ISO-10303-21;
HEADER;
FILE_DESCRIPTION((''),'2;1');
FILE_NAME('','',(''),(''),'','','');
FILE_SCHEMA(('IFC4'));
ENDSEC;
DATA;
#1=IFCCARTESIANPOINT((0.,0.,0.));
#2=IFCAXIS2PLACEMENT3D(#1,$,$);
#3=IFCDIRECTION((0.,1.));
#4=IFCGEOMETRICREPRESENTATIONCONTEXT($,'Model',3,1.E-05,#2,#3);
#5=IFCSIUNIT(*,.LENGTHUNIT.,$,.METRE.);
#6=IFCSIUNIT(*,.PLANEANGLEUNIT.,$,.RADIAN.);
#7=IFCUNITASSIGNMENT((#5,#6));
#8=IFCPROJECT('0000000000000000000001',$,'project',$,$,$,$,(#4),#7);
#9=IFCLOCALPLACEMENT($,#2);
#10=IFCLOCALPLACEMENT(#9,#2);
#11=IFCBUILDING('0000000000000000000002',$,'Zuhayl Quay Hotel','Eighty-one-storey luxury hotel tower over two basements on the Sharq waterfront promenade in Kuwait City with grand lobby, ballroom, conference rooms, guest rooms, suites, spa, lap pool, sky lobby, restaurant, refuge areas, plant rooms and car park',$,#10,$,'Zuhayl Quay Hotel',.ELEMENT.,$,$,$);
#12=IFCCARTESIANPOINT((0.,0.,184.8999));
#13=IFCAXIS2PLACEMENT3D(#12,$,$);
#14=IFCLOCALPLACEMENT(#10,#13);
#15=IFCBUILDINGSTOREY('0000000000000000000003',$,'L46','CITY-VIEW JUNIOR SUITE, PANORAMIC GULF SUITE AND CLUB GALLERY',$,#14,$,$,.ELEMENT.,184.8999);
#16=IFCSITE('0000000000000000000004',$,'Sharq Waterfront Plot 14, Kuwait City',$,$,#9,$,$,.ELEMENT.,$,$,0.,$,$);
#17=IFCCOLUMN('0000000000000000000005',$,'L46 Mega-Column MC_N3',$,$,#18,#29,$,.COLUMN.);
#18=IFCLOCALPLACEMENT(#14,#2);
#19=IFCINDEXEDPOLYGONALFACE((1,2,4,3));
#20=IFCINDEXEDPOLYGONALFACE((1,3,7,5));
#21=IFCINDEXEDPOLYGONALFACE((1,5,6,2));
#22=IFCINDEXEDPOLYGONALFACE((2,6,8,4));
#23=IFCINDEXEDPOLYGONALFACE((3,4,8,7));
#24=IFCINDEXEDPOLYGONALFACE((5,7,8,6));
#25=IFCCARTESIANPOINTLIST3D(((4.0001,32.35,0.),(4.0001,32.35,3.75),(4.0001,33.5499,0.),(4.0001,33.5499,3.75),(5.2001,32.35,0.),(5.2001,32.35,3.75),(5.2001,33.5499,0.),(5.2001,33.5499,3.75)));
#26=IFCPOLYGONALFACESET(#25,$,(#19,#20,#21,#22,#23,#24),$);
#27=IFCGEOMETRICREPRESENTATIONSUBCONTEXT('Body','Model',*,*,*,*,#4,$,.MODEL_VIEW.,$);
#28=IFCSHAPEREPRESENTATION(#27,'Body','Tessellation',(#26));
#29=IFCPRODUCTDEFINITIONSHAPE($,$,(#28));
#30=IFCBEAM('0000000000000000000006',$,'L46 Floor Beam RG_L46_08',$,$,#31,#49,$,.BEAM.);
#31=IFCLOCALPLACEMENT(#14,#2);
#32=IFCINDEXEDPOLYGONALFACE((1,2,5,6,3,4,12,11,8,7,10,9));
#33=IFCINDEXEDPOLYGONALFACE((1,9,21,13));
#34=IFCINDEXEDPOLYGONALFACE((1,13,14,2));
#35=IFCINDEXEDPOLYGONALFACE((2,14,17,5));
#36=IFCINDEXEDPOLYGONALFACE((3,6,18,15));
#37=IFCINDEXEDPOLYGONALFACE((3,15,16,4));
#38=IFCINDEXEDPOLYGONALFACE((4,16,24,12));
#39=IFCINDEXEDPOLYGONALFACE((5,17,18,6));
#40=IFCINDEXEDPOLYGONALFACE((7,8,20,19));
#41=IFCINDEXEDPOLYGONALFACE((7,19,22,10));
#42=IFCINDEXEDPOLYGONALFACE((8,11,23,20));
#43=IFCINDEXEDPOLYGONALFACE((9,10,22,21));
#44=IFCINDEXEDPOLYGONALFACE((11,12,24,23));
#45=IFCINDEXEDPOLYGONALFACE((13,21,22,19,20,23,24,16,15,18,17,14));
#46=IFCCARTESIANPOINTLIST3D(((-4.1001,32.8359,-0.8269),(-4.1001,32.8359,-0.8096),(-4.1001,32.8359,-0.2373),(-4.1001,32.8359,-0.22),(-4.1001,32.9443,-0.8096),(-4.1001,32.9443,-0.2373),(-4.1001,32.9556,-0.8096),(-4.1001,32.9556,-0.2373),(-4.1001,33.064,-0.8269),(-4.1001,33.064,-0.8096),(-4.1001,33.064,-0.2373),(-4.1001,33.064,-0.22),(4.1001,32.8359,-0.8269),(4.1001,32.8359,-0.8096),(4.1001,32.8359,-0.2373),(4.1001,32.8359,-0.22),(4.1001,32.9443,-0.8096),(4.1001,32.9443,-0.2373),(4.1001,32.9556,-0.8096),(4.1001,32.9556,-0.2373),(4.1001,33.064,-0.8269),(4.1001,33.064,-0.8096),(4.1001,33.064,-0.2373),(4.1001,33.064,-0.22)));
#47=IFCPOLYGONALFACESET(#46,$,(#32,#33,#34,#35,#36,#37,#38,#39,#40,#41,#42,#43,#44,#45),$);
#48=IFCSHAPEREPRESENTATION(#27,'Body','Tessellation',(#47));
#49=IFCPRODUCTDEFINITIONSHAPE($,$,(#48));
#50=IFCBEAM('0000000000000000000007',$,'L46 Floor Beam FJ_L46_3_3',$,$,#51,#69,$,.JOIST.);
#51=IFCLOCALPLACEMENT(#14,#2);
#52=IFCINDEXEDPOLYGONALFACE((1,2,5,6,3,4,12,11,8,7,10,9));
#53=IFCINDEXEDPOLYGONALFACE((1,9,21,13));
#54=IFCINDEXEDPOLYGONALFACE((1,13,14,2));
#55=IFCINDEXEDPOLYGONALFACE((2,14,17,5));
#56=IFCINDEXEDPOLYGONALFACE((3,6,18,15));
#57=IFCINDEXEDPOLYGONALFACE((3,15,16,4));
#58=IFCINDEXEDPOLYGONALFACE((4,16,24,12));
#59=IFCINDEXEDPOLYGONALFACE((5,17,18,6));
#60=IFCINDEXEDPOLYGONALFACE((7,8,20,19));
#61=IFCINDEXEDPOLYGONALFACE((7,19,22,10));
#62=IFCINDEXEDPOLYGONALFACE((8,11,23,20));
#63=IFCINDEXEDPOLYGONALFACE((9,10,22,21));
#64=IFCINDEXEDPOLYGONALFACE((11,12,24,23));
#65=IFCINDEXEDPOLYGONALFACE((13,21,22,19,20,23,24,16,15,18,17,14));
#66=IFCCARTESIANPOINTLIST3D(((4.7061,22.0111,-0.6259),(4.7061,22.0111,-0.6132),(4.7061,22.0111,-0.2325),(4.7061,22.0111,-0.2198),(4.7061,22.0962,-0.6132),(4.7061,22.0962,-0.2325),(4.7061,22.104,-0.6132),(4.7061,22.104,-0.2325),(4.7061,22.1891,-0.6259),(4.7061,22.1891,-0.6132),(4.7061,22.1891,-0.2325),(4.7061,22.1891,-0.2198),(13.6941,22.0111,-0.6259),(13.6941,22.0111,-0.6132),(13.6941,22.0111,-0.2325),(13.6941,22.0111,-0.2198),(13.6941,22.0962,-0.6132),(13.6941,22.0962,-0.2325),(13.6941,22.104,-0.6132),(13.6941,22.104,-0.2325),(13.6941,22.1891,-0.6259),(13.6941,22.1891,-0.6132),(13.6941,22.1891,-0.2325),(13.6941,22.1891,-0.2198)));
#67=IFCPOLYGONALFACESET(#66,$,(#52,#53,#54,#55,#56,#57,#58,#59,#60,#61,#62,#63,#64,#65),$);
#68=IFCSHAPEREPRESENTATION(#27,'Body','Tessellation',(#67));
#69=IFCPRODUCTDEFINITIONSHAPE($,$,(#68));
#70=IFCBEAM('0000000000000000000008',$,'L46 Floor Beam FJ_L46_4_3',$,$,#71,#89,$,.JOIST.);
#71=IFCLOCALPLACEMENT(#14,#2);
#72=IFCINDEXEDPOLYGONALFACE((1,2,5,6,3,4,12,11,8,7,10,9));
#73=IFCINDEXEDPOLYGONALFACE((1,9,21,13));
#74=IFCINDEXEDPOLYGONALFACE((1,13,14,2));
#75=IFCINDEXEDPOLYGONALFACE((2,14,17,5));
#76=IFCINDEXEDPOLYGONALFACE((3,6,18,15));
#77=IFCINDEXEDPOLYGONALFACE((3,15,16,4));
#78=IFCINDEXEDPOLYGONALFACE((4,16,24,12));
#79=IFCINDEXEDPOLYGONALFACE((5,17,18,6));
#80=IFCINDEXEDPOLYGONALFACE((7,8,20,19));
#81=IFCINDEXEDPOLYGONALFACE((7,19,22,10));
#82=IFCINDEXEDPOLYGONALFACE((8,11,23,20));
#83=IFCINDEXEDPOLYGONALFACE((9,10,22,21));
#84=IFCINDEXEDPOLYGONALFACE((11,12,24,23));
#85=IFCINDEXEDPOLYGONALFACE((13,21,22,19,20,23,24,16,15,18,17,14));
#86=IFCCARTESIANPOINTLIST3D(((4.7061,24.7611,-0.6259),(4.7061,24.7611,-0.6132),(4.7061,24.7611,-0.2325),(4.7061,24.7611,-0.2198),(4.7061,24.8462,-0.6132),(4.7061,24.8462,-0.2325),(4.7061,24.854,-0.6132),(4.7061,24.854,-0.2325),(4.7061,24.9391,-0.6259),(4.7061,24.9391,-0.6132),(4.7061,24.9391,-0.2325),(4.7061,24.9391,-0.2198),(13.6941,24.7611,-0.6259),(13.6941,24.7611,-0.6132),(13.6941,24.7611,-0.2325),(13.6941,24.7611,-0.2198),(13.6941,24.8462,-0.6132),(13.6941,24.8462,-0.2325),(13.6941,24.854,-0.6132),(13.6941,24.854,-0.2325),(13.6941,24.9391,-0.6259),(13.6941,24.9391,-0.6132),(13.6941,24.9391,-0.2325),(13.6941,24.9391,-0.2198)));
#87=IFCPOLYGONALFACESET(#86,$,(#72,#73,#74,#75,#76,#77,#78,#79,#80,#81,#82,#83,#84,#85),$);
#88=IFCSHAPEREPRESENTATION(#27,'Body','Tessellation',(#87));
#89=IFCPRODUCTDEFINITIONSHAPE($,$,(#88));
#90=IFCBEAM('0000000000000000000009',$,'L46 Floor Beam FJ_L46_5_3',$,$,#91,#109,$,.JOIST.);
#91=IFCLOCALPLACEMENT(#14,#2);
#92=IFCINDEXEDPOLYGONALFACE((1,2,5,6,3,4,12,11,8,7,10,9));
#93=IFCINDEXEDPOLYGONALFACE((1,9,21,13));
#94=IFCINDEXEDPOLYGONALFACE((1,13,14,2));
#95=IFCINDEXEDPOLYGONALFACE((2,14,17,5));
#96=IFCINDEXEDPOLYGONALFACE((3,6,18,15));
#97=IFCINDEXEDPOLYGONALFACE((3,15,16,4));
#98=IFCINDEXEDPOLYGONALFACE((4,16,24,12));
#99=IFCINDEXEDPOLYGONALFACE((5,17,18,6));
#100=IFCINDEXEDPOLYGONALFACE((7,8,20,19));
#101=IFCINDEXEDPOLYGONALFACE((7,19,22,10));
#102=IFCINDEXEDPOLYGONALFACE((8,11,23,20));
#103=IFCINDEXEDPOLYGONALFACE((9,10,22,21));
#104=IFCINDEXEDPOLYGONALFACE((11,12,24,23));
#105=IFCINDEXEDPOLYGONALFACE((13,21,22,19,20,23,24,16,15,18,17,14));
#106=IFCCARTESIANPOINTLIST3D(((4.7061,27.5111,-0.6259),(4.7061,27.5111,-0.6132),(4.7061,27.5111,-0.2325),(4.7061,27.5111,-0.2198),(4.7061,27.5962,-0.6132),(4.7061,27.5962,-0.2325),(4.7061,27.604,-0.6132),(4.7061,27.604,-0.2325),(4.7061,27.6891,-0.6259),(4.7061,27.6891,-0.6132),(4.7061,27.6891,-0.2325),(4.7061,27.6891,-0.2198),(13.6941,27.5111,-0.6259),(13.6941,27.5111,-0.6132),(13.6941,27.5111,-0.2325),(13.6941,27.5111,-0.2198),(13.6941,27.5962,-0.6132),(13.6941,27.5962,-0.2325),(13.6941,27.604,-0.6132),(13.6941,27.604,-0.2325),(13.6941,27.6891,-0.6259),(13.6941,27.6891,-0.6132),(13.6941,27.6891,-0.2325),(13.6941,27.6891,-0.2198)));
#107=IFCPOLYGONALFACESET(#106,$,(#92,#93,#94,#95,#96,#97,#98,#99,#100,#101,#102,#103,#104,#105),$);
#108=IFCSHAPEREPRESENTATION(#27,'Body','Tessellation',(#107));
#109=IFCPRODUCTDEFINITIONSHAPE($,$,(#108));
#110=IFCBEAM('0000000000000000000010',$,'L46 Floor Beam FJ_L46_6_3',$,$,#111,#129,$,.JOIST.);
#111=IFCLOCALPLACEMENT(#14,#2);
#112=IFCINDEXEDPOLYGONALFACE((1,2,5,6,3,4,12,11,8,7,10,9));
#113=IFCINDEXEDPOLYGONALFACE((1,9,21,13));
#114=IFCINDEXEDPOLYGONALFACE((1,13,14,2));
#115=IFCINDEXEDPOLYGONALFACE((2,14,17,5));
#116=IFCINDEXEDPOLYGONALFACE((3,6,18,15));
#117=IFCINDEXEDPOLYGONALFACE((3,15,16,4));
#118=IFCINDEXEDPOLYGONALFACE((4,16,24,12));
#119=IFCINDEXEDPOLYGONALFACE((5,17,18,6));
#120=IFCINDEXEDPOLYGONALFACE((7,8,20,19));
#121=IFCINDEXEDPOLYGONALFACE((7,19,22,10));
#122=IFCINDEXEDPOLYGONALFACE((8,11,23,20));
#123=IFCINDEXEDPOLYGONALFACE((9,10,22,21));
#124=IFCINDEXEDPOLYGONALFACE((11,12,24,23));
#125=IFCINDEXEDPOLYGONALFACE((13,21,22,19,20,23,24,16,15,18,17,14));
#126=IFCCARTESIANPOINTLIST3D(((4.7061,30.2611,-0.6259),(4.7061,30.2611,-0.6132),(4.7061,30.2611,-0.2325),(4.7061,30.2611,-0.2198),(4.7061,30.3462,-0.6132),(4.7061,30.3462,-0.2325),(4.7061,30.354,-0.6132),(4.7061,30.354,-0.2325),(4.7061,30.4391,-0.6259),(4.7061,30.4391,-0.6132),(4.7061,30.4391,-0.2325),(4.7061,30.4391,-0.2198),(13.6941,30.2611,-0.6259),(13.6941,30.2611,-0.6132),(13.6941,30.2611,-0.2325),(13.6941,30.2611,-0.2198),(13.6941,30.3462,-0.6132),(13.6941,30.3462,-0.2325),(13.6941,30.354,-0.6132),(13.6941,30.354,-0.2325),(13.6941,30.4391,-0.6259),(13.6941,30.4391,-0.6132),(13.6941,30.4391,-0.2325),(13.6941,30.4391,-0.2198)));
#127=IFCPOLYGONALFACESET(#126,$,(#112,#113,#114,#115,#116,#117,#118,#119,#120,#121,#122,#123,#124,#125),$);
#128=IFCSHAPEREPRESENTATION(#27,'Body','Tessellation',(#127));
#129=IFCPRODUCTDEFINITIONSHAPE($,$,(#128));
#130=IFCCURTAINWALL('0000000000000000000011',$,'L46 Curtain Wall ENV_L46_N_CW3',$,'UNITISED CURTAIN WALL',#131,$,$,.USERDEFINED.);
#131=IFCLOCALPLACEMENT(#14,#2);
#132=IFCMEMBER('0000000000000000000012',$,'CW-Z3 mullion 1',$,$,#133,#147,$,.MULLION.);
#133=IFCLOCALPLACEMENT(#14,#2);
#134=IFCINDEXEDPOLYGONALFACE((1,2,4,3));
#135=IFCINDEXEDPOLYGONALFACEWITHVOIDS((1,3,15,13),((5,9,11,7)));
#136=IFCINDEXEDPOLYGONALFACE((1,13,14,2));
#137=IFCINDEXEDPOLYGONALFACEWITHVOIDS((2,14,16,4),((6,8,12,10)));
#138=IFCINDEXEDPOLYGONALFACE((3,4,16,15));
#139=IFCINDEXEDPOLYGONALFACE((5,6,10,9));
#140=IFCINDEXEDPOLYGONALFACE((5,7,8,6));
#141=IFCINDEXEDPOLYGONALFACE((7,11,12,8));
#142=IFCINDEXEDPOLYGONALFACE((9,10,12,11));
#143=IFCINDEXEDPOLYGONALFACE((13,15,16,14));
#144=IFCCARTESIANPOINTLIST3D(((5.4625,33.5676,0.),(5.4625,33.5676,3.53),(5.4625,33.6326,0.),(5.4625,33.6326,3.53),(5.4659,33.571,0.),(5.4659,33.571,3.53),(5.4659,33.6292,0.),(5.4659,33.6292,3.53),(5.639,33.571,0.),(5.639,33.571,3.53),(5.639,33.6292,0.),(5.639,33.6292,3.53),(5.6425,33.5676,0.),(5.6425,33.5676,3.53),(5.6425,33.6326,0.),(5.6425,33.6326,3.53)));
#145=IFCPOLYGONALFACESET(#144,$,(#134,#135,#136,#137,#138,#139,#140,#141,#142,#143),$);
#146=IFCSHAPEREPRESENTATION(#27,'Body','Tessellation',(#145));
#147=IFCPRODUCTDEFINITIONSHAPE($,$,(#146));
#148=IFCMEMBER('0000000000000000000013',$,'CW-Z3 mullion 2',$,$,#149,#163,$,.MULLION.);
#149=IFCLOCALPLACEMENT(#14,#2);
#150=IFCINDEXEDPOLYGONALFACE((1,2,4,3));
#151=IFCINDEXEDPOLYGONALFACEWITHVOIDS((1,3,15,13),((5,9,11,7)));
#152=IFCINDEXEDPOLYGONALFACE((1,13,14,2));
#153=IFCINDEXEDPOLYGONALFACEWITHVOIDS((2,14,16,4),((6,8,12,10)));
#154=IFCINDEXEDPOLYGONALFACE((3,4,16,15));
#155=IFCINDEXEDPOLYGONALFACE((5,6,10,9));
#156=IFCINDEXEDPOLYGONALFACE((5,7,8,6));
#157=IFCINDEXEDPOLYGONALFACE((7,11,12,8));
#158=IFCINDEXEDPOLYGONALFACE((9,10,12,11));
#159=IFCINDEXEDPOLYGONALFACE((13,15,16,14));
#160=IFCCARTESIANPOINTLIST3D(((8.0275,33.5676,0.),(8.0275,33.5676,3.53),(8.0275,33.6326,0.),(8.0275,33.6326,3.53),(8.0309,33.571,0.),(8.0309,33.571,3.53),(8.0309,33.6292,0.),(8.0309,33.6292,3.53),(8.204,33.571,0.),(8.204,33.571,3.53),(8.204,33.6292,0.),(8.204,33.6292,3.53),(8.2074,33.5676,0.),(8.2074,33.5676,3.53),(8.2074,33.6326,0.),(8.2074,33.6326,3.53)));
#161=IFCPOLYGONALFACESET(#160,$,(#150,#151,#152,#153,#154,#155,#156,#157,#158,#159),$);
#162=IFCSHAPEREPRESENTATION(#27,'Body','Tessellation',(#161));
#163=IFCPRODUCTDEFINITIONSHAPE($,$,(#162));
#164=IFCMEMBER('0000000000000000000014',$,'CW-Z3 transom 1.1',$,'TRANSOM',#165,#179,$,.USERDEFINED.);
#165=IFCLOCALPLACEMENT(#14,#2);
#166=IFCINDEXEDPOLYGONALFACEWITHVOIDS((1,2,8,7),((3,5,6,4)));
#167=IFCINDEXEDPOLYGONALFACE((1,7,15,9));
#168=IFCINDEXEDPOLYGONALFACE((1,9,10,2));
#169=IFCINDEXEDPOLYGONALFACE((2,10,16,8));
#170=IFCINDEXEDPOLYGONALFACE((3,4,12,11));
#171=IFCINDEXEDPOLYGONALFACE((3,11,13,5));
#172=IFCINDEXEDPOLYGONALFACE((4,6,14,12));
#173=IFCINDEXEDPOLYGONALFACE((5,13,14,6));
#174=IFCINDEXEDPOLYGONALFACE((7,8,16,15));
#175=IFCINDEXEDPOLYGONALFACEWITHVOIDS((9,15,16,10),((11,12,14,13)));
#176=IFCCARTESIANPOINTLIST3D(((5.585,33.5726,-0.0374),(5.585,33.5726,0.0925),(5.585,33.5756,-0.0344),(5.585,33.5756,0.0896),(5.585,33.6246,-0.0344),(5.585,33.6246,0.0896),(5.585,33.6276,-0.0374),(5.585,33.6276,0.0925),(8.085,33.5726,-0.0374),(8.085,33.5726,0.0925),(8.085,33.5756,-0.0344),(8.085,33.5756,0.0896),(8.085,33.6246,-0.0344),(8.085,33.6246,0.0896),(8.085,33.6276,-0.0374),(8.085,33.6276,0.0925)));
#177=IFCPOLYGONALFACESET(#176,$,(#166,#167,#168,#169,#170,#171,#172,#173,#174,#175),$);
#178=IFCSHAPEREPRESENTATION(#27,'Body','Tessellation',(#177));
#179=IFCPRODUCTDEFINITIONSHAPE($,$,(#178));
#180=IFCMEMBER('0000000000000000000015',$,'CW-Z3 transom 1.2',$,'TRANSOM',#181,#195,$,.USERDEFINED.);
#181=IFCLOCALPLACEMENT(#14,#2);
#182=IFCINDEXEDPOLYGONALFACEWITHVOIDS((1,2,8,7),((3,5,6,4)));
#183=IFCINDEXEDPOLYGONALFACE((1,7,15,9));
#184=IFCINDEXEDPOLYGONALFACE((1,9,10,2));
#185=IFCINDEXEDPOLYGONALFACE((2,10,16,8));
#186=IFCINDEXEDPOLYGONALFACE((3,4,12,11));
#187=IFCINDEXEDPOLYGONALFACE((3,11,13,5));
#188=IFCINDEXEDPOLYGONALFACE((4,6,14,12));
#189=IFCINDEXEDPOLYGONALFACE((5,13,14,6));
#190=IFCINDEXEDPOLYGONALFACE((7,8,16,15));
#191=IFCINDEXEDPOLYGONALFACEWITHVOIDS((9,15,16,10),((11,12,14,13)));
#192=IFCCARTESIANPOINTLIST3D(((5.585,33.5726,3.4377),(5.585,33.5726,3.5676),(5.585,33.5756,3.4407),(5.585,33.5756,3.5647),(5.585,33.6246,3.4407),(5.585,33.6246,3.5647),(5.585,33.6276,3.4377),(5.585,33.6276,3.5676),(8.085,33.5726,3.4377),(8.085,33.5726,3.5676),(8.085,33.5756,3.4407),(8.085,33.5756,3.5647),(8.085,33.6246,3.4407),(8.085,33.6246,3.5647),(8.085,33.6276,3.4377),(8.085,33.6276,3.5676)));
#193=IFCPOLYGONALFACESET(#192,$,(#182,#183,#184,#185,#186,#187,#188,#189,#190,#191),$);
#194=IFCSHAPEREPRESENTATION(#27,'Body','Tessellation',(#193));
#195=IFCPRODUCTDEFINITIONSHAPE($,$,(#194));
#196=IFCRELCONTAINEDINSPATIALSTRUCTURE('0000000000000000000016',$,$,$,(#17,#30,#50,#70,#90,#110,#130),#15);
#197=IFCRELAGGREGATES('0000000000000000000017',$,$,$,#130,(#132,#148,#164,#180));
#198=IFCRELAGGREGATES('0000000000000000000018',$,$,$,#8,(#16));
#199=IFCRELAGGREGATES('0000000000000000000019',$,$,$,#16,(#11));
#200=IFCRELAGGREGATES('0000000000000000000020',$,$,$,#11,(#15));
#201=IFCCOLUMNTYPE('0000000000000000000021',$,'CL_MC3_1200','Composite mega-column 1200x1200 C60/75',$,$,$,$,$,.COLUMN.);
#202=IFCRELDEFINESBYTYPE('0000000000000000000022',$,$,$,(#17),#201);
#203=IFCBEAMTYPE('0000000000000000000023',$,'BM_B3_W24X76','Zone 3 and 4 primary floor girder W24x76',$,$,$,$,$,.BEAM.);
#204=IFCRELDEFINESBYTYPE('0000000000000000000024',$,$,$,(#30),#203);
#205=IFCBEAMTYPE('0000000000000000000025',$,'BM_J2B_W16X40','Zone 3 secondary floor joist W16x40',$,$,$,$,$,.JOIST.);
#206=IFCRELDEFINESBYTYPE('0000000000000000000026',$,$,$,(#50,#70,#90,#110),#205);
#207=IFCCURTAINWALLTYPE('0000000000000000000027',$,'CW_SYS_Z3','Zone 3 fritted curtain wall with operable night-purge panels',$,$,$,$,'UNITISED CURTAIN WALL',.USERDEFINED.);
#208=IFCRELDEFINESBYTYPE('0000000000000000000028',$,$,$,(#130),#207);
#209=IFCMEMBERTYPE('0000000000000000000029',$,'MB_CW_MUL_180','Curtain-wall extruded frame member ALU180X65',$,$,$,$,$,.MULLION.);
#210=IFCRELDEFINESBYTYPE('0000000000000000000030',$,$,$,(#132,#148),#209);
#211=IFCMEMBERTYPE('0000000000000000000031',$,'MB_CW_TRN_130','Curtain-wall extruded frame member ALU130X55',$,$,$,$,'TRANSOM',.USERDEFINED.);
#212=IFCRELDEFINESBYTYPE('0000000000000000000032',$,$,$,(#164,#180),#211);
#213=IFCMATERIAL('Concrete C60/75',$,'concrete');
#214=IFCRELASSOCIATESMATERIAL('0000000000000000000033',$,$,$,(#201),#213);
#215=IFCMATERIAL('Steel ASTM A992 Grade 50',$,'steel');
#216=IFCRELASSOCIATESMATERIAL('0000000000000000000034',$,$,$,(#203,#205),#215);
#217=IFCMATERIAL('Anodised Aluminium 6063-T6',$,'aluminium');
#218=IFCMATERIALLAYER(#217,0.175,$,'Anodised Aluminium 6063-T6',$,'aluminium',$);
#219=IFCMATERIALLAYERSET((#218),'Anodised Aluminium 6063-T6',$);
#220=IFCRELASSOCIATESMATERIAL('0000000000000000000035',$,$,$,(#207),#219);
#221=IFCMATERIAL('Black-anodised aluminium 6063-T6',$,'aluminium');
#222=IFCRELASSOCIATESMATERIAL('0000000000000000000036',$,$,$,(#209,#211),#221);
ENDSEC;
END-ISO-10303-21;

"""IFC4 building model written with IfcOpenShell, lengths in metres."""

from ifc_helpers import new_model, si_unit, direction, frame, origin, origin_2d, place, context, subcontext, project, spatial, rectangle, hollow_rectangle, i_section, extrude, material, layer, layer_set, material_profile, profile_set, type_object, element, aggregate, save


model = new_model("IFC4")

# Units and contexts
model_context = context("Model", 3, precision=1e-05, world=origin(), true_north=direction((0.0, 1.0)))
body_context = subcontext(model_context, "Body", "Model", "MODEL_VIEW")
ifc_project = project(units=[si_unit("LENGTHUNIT", "METRE"), si_unit("PLANEANGLEUNIT", "RADIAN")], contexts=[model_context])

# Site, building, storey
site_placement = place(None, origin())
site = spatial("IfcSite", under=ifc_project, at=site_placement, Name="Sharq Waterfront Plot 14, Kuwait City", CompositionType="ELEMENT", RefElevation=0.0)
building_placement = place(site_placement, origin())
building = spatial("IfcBuilding", under=site, at=building_placement, Name="Zuhayl Quay Hotel", Description="Eighty-one-storey luxury hotel tower over two basements on the Sharq waterfront promenade in Kuwait City with grand lobby, ballroom, conference rooms, guest rooms, suites, spa, lap pool, sky lobby, restaurant, refuge areas, plant rooms and car park", LongName="Zuhayl Quay Hotel", CompositionType="ELEMENT")
storey_placement = place(building_placement, frame((0.0, 0.0, 184.8999)))
storey = spatial("IfcBuildingStorey", under=building, at=storey_placement, Name="L46", Description="CITY-VIEW JUNIOR SUITE, PANORAMIC GULF SUITE AND CLUB GALLERY", CompositionType="ELEMENT", Elevation=184.8999)

# Column
ifc_material_1 = material(Name="Concrete C60/75", Category="concrete")
ifc_material_profile_1 = material_profile(ifc_material_1, rectangle(XDim=1.2, YDim=1.2, at=origin_2d()), Name="RC1200X1200")
ifc_profile_set_1 = profile_set([ifc_material_profile_1], Name="Concrete C60/75")
column_type = type_object("IfcColumnType", Name="CL_MC3_1200", Description="Composite mega-column 1200x1200 C60/75", PredefinedType="COLUMN", material=ifc_profile_set_1)
column_placement = place(storey_placement, frame((4.6001, 32.95, 0.0), z_axis=(0.0, 0.0, 1.0), x_axis=(1.0, 0.0, 0.0)))
element("IfcColumn", 1, at=column_placement, inside=storey, type_object=column_type, Name="L46 Mega-Column MC_N3", PredefinedType="COLUMN", context=body_context, shape_type="SweptSolid", body=[
    extrude(rectangle(XDim=1.2, YDim=1.2, at=origin_2d()), origin(), (0.0, 0.0, 1.0), 3.75),
])

# Beams
ifc_material_2 = material(Name="Steel ASTM A992 Grade 50", Category="steel")
ifc_material_profile_2 = material_profile(ifc_material_2, i_section(OverallWidth=0.228, OverallDepth=0.6069, WebThickness=0.0112, FlangeThickness=0.0173, at=origin_2d()), Name="W24X76")
ifc_profile_set_2 = profile_set([ifc_material_profile_2], Name="Steel ASTM A992 Grade 50")
beam_type_1 = type_object("IfcBeamType", Name="BM_B3_W24X76", Description="Zone 3 and 4 primary floor girder W24x76", PredefinedType="BEAM", material=ifc_profile_set_2)
beam_placement = place(storey_placement, frame((4.1001, 32.95, -0.5234), z_axis=(-1.0, 0.0, 0.0), x_axis=(0.0, -1.0, 0.0)))
element("IfcBeam", 2, at=beam_placement, inside=storey, type_object=beam_type_1, Name="L46 Floor Beam RG_L46_08", PredefinedType="BEAM", context=body_context, shape_type="SweptSolid", body=[
    extrude(i_section(OverallWidth=0.228, OverallDepth=0.6069, WebThickness=0.0112, FlangeThickness=0.0173, at=origin_2d()), origin(), (0.0, 0.0, 1.0), 8.2002),
])
ifc_material_profile_3 = material_profile(ifc_material_2, i_section(OverallWidth=0.178, OverallDepth=0.406, WebThickness=0.0078, FlangeThickness=0.0127, at=origin_2d()), Name="W16X40")
ifc_profile_set_3 = profile_set([ifc_material_profile_3], Name="Steel ASTM A992 Grade 50")
beam_type_2 = type_object("IfcBeamType", Name="BM_J2B_W16X40", Description="Zone 3 secondary floor joist W16x40", PredefinedType="JOIST", material=ifc_profile_set_3)
for number, where, z_axis, x_axis, name in (
    (3, (4.7061, 22.1001, -0.4229), (1.0, 0.0, 0.0), (0.0, 1.0, 0.0), "L46 Floor Beam FJ_L46_3_3"),
    (4, (4.7061, 24.8501, -0.4229), (1.0, 0.0, 0.0), (0.0, 1.0, 0.0), "L46 Floor Beam FJ_L46_4_3"),
    (5, (4.7061, 27.6001, -0.4229), (1.0, 0.0, 0.0), (0.0, 1.0, 0.0), "L46 Floor Beam FJ_L46_5_3"),
    (6, (4.7061, 30.3501, -0.4229), (1.0, 0.0, 0.0), (0.0, 1.0, 0.0), "L46 Floor Beam FJ_L46_6_3"),
):
    element("IfcBeam", number, at=place(storey_placement, frame(where, z_axis=z_axis, x_axis=x_axis)), inside=storey, type_object=beam_type_2, Name=name, PredefinedType="JOIST", context=body_context, shape_type="SweptSolid", body=[
        extrude(i_section(OverallWidth=0.178, OverallDepth=0.406, WebThickness=0.0078, FlangeThickness=0.0127, at=origin_2d()), origin(), (0.0, 0.0, 1.0), 8.988),
    ])

# Curtain wall, members
ifc_material_3 = material(Name="Anodised Aluminium 6063-T6", Category="aluminium")
ifc_layer_1 = layer(ifc_material_3, 0.175, Name="Anodised Aluminium 6063-T6", Category="aluminium")
ifc_layer_set_1 = layer_set([ifc_layer_1], Name="Anodised Aluminium 6063-T6")
curtain_wall_type = type_object("IfcCurtainWallType", Name="CW_SYS_Z3", Description="Zone 3 fritted curtain wall with operable night-purge panels", ElementType="UNITISED CURTAIN WALL", PredefinedType="USERDEFINED", material=ifc_layer_set_1)
curtain_wall_placement = place(storey_placement, origin())
curtain_wall = element("IfcCurtainWall", 7, at=curtain_wall_placement, inside=storey, type_object=curtain_wall_type, Name="L46 Curtain Wall ENV_L46_N_CW3", ObjectType="UNITISED CURTAIN WALL", PredefinedType="USERDEFINED")
ifc_material_4 = material(Name="Black-anodised aluminium 6063-T6", Category="aluminium")
ifc_material_profile_4 = material_profile(ifc_material_4, hollow_rectangle(XDim=0.0649, YDim=0.1799, WallThickness=0.0034, at=origin_2d()), Name="ALU180X65")
ifc_profile_set_4 = profile_set([ifc_material_profile_4], Name="Black-anodised aluminium 6063-T6")
member_type_1 = type_object("IfcMemberType", Name="MB_CW_MUL_180", Description="Curtain-wall extruded frame member ALU180X65", PredefinedType="MULLION", material=ifc_profile_set_4)
member_1_placement = place(storey_placement, frame((5.5525, 33.6001, 0.0), z_axis=(0.0, 0.0, 1.0), x_axis=(0.0, 1.0, 0.0)))
member_1 = element("IfcMember", 8, at=member_1_placement, type_object=member_type_1, Name="CW-Z3 mullion 1", PredefinedType="MULLION", context=body_context, shape_type="SweptSolid", body=[
    extrude(hollow_rectangle(XDim=0.0649, YDim=0.1799, WallThickness=0.0034, at=origin_2d()), origin(), (0.0, 0.0, 1.0), 3.53),
])
member_2_placement = place(storey_placement, frame((8.1174, 33.6001, 0.0), z_axis=(0.0, 0.0, 1.0), x_axis=(0.0, 1.0, 0.0)))
member_2 = element("IfcMember", 9, at=member_2_placement, type_object=member_type_1, Name="CW-Z3 mullion 2", PredefinedType="MULLION", context=body_context, shape_type="SweptSolid", body=[
    extrude(hollow_rectangle(XDim=0.0649, YDim=0.1799, WallThickness=0.0034, at=origin_2d()), origin(), (0.0, 0.0, 1.0), 3.53),
])
ifc_material_profile_5 = material_profile(ifc_material_4, hollow_rectangle(XDim=0.0549, YDim=0.1299, WallThickness=0.0029, at=origin_2d()), Name="ALU130X55")
ifc_profile_set_5 = profile_set([ifc_material_profile_5], Name="Black-anodised aluminium 6063-T6")
member_type_2 = type_object("IfcMemberType", Name="MB_CW_TRN_130", Description="Curtain-wall extruded frame member ALU130X55", ElementType="TRANSOM", PredefinedType="USERDEFINED", material=ifc_profile_set_5)
member_3_placement = place(storey_placement, frame((5.585, 33.6001, 0.0276), z_axis=(1.0, 0.0, 0.0), x_axis=(0.0, 1.0, 0.0)))
member_3 = element("IfcMember", 10, at=member_3_placement, type_object=member_type_2, Name="CW-Z3 transom 1.1", ObjectType="TRANSOM", PredefinedType="USERDEFINED", context=body_context, shape_type="SweptSolid", body=[
    extrude(hollow_rectangle(XDim=0.0549, YDim=0.1299, WallThickness=0.0029, at=origin_2d()), origin(), (0.0, 0.0, 1.0), 2.5),
])
member_4_placement = place(storey_placement, frame((5.585, 33.6001, 3.5027), z_axis=(1.0, 0.0, 0.0), x_axis=(0.0, 1.0, 0.0)))
member_4 = element("IfcMember", 11, at=member_4_placement, type_object=member_type_2, Name="CW-Z3 transom 1.2", ObjectType="TRANSOM", PredefinedType="USERDEFINED", context=body_context, shape_type="SweptSolid", body=[
    extrude(hollow_rectangle(XDim=0.0549, YDim=0.1299, WallThickness=0.0029, at=origin_2d()), origin(), (0.0, 0.0, 1.0), 2.5),
])
aggregate(curtain_wall, [member_1, member_2, member_3, member_4])

save(model, "model.ifc")
